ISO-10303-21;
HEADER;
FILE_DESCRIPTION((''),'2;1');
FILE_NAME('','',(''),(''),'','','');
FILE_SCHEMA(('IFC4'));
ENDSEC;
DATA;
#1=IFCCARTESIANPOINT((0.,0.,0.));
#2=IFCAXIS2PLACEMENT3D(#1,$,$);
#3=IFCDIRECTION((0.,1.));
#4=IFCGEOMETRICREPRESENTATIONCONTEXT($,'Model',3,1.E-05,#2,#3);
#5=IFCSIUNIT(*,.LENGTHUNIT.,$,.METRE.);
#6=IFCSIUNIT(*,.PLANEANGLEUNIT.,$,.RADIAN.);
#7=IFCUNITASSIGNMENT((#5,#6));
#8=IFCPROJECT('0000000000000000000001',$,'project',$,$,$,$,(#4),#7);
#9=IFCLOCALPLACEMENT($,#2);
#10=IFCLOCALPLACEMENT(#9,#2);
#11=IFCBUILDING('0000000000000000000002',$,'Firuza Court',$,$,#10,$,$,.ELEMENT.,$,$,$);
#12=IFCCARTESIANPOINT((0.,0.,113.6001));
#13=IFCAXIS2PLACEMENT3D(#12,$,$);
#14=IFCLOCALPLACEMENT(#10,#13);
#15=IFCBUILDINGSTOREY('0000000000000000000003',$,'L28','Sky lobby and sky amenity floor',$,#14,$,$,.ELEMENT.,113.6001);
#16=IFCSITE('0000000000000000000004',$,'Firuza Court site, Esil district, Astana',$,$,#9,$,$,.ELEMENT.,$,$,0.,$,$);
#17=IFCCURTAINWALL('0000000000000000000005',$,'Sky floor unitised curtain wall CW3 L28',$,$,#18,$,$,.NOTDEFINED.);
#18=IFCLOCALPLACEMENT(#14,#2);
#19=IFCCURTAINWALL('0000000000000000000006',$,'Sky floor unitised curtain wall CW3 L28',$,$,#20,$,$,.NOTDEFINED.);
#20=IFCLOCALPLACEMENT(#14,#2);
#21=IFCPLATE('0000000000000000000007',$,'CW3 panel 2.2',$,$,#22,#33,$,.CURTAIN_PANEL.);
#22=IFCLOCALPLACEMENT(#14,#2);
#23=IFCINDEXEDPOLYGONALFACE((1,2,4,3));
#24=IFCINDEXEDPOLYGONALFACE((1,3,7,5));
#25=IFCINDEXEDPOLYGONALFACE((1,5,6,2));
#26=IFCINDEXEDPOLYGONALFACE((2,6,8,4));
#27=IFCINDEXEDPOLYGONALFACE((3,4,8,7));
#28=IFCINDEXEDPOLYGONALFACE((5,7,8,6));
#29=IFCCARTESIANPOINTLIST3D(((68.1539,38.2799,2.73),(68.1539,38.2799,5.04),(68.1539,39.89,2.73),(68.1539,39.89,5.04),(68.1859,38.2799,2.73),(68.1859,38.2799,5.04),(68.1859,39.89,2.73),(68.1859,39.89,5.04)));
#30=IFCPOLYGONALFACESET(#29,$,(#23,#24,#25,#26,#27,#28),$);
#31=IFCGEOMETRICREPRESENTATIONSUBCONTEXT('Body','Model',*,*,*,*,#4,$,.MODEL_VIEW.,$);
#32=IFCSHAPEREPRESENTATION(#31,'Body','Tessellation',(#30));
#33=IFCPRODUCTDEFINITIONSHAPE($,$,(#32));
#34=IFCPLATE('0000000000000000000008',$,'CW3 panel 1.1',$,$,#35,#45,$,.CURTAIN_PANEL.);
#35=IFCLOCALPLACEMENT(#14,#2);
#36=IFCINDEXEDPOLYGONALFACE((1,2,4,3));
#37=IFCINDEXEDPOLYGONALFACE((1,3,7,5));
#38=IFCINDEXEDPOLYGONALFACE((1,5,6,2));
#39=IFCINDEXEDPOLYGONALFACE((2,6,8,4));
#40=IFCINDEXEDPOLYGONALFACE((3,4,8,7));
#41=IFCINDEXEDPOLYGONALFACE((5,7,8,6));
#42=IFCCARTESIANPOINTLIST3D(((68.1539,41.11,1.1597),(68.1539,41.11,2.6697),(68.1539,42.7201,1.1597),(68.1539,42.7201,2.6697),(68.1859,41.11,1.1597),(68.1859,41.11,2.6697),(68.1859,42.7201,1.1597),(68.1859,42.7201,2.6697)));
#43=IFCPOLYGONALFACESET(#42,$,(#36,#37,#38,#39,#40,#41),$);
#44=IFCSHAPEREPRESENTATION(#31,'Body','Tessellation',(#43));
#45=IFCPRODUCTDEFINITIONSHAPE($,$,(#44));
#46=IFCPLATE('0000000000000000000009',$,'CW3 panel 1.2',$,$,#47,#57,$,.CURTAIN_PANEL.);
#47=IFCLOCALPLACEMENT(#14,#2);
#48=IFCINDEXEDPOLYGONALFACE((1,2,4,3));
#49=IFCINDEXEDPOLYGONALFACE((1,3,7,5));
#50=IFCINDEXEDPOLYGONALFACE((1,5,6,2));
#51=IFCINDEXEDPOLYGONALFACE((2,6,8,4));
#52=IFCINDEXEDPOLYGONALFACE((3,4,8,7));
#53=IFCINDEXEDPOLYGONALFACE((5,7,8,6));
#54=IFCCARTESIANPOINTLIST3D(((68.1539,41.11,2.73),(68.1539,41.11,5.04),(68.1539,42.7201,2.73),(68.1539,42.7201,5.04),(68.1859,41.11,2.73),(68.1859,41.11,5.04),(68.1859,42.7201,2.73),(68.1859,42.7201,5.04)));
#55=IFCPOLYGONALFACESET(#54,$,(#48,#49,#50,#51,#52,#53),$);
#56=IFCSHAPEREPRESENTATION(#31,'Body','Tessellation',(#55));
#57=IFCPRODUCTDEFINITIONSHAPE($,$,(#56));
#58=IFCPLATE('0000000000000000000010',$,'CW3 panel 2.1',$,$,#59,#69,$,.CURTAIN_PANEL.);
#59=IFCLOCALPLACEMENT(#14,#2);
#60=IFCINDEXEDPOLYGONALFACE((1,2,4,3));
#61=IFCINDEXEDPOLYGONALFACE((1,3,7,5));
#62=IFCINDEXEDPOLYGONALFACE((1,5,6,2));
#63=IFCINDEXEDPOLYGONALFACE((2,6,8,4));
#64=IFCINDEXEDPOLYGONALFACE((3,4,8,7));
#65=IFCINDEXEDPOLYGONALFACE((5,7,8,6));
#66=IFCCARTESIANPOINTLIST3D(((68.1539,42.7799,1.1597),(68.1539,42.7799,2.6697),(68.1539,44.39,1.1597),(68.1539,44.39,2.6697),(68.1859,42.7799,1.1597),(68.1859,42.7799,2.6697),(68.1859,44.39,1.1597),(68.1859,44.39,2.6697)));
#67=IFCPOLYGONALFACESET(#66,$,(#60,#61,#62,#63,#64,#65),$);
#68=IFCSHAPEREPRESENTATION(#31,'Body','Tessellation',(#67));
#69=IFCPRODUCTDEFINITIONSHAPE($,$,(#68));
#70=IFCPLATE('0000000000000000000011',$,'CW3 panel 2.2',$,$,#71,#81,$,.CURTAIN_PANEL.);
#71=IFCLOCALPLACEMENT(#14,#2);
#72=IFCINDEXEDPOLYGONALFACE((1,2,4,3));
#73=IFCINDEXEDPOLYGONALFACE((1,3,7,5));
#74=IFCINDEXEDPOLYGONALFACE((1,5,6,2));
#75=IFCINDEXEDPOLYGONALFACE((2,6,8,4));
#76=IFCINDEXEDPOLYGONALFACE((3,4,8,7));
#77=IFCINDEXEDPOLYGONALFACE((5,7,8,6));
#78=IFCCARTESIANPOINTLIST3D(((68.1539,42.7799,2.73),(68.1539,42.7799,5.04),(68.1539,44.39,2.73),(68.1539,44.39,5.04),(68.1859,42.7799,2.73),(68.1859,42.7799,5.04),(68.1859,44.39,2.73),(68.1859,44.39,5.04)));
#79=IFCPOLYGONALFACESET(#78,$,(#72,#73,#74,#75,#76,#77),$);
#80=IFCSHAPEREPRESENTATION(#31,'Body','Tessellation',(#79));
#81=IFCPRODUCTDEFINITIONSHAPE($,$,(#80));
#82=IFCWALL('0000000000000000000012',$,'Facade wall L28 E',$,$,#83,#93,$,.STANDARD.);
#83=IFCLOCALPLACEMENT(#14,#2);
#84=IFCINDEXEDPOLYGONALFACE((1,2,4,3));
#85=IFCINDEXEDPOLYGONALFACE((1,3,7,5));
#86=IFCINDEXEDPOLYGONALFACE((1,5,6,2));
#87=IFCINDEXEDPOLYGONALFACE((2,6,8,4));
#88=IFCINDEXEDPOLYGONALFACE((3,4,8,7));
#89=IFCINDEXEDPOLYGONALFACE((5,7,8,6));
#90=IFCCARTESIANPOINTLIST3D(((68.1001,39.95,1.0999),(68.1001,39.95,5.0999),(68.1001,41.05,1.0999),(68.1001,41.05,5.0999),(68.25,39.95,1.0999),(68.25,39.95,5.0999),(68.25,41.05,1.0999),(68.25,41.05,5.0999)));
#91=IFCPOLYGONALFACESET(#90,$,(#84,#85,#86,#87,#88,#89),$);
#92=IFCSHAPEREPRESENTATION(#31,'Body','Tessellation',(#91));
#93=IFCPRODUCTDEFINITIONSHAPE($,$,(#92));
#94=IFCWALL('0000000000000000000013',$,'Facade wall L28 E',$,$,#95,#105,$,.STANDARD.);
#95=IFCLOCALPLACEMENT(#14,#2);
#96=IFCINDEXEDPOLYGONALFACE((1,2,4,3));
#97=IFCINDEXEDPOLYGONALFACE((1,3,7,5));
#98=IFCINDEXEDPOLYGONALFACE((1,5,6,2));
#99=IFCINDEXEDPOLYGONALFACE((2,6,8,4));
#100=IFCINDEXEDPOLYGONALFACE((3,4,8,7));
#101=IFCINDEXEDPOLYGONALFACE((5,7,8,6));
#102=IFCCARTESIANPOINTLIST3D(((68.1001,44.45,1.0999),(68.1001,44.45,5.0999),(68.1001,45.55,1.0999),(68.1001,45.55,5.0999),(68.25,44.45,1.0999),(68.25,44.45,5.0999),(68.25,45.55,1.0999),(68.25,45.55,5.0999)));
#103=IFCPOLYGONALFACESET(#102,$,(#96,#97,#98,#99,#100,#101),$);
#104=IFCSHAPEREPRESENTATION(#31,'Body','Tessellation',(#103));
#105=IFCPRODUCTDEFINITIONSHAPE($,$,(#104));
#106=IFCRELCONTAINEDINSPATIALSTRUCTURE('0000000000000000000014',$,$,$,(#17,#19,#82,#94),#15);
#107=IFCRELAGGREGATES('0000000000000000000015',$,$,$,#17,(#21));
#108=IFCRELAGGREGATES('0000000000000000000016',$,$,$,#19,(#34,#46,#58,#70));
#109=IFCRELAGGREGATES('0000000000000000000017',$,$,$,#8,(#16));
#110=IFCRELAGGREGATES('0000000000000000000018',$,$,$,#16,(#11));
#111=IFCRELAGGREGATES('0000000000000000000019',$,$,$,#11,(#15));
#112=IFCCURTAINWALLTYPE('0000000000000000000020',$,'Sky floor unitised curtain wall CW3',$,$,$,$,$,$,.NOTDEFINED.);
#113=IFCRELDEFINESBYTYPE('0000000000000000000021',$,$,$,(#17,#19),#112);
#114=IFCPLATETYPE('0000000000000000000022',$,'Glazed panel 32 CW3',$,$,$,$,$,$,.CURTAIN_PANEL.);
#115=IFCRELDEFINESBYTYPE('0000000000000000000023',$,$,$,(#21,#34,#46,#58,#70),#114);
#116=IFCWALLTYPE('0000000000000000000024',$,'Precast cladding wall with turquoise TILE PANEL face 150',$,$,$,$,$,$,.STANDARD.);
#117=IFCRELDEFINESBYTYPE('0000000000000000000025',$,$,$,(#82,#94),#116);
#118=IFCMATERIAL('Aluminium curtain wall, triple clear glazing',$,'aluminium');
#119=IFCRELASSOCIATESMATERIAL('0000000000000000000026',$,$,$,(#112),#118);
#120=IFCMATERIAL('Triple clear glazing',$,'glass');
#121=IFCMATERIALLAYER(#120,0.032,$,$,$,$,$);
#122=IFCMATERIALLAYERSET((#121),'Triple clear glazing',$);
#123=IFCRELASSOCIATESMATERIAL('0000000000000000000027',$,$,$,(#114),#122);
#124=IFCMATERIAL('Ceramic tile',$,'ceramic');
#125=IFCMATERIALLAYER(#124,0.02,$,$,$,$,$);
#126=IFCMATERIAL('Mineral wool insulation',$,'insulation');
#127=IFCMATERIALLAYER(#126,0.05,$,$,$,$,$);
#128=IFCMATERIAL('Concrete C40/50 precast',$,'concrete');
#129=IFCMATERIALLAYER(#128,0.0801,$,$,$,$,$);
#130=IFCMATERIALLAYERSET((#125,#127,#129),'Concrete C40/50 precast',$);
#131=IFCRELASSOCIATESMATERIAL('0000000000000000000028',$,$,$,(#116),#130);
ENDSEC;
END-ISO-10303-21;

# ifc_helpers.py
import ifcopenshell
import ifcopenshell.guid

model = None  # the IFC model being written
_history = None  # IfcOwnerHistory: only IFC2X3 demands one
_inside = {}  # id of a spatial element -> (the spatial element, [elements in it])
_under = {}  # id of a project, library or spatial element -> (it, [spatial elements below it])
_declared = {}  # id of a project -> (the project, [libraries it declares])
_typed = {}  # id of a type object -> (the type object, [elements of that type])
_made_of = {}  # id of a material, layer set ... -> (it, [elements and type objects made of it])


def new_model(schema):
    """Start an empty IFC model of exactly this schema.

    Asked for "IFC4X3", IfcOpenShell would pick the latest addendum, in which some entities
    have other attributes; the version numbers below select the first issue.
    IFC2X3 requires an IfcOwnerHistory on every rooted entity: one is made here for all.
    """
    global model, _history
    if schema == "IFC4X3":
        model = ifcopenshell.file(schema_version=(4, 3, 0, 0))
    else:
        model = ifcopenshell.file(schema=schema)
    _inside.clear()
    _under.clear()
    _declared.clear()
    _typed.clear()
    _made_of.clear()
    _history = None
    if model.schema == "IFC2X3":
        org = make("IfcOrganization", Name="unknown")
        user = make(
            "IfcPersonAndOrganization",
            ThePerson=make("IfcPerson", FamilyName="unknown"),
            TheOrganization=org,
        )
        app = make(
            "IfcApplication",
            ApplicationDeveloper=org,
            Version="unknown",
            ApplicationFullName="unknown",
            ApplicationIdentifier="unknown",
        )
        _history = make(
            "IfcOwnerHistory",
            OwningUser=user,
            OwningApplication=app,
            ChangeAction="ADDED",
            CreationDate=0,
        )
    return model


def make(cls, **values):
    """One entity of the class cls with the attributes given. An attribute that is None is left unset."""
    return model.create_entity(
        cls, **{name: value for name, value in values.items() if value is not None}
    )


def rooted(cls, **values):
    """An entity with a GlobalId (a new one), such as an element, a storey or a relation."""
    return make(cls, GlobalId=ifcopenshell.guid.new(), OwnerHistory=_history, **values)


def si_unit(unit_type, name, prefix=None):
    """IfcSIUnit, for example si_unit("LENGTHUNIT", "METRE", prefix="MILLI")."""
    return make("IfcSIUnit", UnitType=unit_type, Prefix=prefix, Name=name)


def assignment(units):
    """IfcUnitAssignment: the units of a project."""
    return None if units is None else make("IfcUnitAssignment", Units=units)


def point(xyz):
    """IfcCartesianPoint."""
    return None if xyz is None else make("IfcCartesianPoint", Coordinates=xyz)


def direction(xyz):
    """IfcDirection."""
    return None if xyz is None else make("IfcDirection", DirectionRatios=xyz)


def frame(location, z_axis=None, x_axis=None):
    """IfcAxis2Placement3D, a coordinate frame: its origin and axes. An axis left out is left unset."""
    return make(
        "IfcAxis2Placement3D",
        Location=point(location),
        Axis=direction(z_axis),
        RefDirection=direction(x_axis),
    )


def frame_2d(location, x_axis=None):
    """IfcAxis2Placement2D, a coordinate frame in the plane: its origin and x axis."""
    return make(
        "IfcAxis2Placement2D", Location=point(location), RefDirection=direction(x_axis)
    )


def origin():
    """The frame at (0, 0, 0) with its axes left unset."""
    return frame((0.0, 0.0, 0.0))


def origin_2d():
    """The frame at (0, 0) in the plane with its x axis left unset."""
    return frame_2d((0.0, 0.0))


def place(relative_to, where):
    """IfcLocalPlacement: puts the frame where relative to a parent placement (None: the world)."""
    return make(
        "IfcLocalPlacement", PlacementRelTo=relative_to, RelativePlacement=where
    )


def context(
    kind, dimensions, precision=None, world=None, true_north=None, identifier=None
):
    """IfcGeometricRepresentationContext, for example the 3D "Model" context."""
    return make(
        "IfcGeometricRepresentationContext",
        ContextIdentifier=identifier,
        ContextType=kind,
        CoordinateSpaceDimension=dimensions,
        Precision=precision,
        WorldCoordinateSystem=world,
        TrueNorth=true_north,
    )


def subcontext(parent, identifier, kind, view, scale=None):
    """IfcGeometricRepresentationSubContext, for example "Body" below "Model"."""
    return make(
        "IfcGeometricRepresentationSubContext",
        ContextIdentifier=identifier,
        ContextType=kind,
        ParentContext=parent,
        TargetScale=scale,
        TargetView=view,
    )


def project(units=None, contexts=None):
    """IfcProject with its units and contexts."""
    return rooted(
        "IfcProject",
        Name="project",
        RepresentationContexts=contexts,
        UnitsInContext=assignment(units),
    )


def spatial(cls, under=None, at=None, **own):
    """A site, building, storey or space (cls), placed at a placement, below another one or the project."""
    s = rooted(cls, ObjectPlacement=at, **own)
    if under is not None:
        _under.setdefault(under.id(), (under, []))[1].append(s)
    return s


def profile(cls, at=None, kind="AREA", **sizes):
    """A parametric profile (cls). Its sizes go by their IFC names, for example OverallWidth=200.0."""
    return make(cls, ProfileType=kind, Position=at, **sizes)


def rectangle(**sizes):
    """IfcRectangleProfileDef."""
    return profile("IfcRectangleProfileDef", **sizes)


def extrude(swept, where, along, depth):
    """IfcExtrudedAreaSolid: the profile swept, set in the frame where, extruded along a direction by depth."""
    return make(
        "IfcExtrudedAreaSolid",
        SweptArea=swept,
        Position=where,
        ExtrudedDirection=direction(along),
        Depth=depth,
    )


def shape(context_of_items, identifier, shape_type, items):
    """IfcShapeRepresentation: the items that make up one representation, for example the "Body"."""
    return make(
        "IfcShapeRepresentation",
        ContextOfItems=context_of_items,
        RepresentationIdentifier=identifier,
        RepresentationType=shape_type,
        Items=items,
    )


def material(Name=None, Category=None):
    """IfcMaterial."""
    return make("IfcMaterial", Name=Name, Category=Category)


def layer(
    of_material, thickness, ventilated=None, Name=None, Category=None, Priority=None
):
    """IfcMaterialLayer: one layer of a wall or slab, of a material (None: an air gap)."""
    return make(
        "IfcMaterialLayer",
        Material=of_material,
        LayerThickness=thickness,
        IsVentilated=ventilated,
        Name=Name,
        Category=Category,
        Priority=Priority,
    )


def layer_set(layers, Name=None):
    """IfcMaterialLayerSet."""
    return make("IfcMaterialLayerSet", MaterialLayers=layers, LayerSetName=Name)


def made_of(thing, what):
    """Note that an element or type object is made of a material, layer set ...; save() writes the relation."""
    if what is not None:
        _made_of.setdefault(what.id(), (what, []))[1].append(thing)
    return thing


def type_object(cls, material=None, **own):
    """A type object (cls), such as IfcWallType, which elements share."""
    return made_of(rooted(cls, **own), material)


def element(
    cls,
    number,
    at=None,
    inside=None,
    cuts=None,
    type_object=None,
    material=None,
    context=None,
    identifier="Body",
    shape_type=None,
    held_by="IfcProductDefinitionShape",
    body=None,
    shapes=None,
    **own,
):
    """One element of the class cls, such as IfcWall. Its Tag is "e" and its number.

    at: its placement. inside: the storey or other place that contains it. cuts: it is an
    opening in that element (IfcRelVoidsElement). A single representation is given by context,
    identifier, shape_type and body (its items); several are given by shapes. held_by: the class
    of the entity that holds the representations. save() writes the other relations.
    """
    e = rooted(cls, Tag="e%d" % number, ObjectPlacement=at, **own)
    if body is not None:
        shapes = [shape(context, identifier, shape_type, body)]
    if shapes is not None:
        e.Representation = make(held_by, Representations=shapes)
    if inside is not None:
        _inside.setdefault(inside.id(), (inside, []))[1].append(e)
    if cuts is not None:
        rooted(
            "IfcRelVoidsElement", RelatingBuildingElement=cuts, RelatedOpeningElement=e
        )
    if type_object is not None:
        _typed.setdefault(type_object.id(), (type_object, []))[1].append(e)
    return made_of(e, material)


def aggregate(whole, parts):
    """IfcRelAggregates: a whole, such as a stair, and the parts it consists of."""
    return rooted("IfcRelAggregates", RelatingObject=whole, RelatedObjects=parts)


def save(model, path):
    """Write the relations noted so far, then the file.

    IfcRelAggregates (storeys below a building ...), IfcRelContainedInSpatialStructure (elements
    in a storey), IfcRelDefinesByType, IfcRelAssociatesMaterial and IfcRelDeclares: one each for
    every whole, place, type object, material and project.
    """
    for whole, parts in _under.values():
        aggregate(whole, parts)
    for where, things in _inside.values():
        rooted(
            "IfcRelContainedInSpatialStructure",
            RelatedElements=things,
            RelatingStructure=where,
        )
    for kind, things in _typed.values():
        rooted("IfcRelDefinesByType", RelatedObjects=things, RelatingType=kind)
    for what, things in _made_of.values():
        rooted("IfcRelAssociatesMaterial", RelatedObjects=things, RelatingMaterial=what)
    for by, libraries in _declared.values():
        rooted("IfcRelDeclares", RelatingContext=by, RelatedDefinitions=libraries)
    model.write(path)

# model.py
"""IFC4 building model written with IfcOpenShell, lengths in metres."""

from ifc_helpers import new_model, si_unit, direction, frame, frame_2d, origin, origin_2d, place, context, subcontext, project, spatial, rectangle, extrude, material, layer, layer_set, type_object, element, aggregate, save


model = new_model("IFC4")

# Units and contexts
model_context = context("Model", 3, precision=1e-05, world=origin(), true_north=direction((0.0, 1.0)))
body_context = subcontext(model_context, "Body", "Model", "MODEL_VIEW")
ifc_project = project(units=[si_unit("LENGTHUNIT", "METRE"), si_unit("PLANEANGLEUNIT", "RADIAN")], contexts=[model_context])

# Site, building, storey
site_placement = place(None, origin())
site = spatial("IfcSite", under=ifc_project, at=site_placement, Name="Firuza Court site, Esil district, Astana", CompositionType="ELEMENT", RefElevation=0.0)
building_placement = place(site_placement, origin())
building = spatial("IfcBuilding", under=site, at=building_placement, Name="Firuza Court", CompositionType="ELEMENT")
storey_placement = place(building_placement, frame((0.0, 0.0, 113.6001)))
storey = spatial("IfcBuildingStorey", under=building, at=storey_placement, Name="L28", Description="Sky lobby and sky amenity floor", CompositionType="ELEMENT", Elevation=113.6001)

# Curtain wall
ifc_material_1 = material(Name="Aluminium curtain wall, triple clear glazing", Category="aluminium")
curtain_wall_type = type_object("IfcCurtainWallType", Name="Sky floor unitised curtain wall CW3", PredefinedType="NOTDEFINED", material=ifc_material_1)
curtain_wall_1_placement = place(storey_placement, origin())
curtain_wall_1 = element("IfcCurtainWall", 1, at=curtain_wall_1_placement, inside=storey, type_object=curtain_wall_type, Name="Sky floor unitised curtain wall CW3 L28", PredefinedType="NOTDEFINED")

# Curtain wall
curtain_wall_2_placement = place(storey_placement, origin())
curtain_wall_2 = element("IfcCurtainWall", 2, at=curtain_wall_2_placement, inside=storey, type_object=curtain_wall_type, Name="Sky floor unitised curtain wall CW3 L28", PredefinedType="NOTDEFINED")

# Plates
ifc_material_2 = material(Name="Triple clear glazing", Category="glass")
ifc_layer_1 = layer(ifc_material_2, 0.032)
ifc_layer_set_1 = layer_set([ifc_layer_1], Name="Triple clear glazing")
plate_type = type_object("IfcPlateType", Name="Glazed panel 32 CW3", PredefinedType="CURTAIN_PANEL", material=ifc_layer_set_1)
plate_1_placement = place(storey_placement, frame((68.1699, 39.085, 2.73), z_axis=(0.0, 0.0, 1.0), x_axis=(0.0, 1.0, 0.0)))
plate_1 = element("IfcPlate", 3, at=plate_1_placement, type_object=plate_type, Name="CW3 panel 2.2", PredefinedType="CURTAIN_PANEL", context=body_context, shape_type="SweptSolid", body=[
    extrude(rectangle(XDim=1.6101, YDim=0.032, at=origin_2d()), origin(), (0.0, 0.0, 1.0), 2.3101),
])
aggregate(curtain_wall_1, [plate_1])
plate_2_placement = place(storey_placement, frame((68.1699, 41.915, 1.1597), z_axis=(0.0, 0.0, 1.0), x_axis=(0.0, 1.0, 0.0)))
plate_2 = element("IfcPlate", 4, at=plate_2_placement, type_object=plate_type, Name="CW3 panel 1.1", PredefinedType="CURTAIN_PANEL", context=body_context, shape_type="SweptSolid", body=[
    extrude(rectangle(XDim=1.6101, YDim=0.032, at=origin_2d()), origin(), (0.0, 0.0, 1.0), 1.51),
])
plate_3_placement = place(storey_placement, frame((68.1699, 41.915, 2.73), z_axis=(0.0, 0.0, 1.0), x_axis=(0.0, 1.0, 0.0)))
plate_3 = element("IfcPlate", 5, at=plate_3_placement, type_object=plate_type, Name="CW3 panel 1.2", PredefinedType="CURTAIN_PANEL", context=body_context, shape_type="SweptSolid", body=[
    extrude(rectangle(XDim=1.6101, YDim=0.032, at=origin_2d()), origin(), (0.0, 0.0, 1.0), 2.3101),
])
plate_4_placement = place(storey_placement, frame((68.1699, 43.585, 1.1597), z_axis=(0.0, 0.0, 1.0), x_axis=(0.0, 1.0, 0.0)))
plate_4 = element("IfcPlate", 6, at=plate_4_placement, type_object=plate_type, Name="CW3 panel 2.1", PredefinedType="CURTAIN_PANEL", context=body_context, shape_type="SweptSolid", body=[
    extrude(rectangle(XDim=1.6101, YDim=0.032, at=origin_2d()), origin(), (0.0, 0.0, 1.0), 1.51),
])
plate_5_placement = place(storey_placement, frame((68.1699, 43.585, 2.73), z_axis=(0.0, 0.0, 1.0), x_axis=(0.0, 1.0, 0.0)))
plate_5 = element("IfcPlate", 7, at=plate_5_placement, type_object=plate_type, Name="CW3 panel 2.2", PredefinedType="CURTAIN_PANEL", context=body_context, shape_type="SweptSolid", body=[
    extrude(rectangle(XDim=1.6101, YDim=0.032, at=origin_2d()), origin(), (0.0, 0.0, 1.0), 2.3101),
])
aggregate(curtain_wall_2, [plate_2, plate_3, plate_4, plate_5])

# Walls
ifc_material_3 = material(Name="Ceramic tile", Category="ceramic")
ifc_layer_2 = layer(ifc_material_3, 0.02)
ifc_material_4 = material(Name="Mineral wool insulation", Category="insulation")
ifc_layer_3 = layer(ifc_material_4, 0.05)
ifc_material_5 = material(Name="Concrete C40/50 precast", Category="concrete")
ifc_layer_4 = layer(ifc_material_5, 0.0801)
ifc_layer_set_2 = layer_set([ifc_layer_2, ifc_layer_3, ifc_layer_4], Name="Concrete C40/50 precast")
wall_type = type_object("IfcWallType", Name="Precast cladding wall with turquoise TILE PANEL face 150", PredefinedType="STANDARD", material=ifc_layer_set_2)
for number, where, z_axis, x_axis, name in (
    (8, (68.175, 39.95, 1.0999), (0.0, 0.0, 1.0), (0.0, 1.0, 0.0), "Facade wall L28 E"),
    (9, (68.175, 44.45, 1.0999), (0.0, 0.0, 1.0), (0.0, 1.0, 0.0), "Facade wall L28 E"),
):
    element("IfcWall", number, at=place(storey_placement, frame(where, z_axis=z_axis, x_axis=x_axis)), inside=storey, type_object=wall_type, Name=name, PredefinedType="STANDARD", context=body_context, shape_type="SweptSolid", body=[
        extrude(rectangle(XDim=1.1001, YDim=0.1499, at=frame_2d((0.55, 0.0))), origin(), (0.0, 0.0, 1.0), 4.0),
    ])

save(model, "model.ifc")
